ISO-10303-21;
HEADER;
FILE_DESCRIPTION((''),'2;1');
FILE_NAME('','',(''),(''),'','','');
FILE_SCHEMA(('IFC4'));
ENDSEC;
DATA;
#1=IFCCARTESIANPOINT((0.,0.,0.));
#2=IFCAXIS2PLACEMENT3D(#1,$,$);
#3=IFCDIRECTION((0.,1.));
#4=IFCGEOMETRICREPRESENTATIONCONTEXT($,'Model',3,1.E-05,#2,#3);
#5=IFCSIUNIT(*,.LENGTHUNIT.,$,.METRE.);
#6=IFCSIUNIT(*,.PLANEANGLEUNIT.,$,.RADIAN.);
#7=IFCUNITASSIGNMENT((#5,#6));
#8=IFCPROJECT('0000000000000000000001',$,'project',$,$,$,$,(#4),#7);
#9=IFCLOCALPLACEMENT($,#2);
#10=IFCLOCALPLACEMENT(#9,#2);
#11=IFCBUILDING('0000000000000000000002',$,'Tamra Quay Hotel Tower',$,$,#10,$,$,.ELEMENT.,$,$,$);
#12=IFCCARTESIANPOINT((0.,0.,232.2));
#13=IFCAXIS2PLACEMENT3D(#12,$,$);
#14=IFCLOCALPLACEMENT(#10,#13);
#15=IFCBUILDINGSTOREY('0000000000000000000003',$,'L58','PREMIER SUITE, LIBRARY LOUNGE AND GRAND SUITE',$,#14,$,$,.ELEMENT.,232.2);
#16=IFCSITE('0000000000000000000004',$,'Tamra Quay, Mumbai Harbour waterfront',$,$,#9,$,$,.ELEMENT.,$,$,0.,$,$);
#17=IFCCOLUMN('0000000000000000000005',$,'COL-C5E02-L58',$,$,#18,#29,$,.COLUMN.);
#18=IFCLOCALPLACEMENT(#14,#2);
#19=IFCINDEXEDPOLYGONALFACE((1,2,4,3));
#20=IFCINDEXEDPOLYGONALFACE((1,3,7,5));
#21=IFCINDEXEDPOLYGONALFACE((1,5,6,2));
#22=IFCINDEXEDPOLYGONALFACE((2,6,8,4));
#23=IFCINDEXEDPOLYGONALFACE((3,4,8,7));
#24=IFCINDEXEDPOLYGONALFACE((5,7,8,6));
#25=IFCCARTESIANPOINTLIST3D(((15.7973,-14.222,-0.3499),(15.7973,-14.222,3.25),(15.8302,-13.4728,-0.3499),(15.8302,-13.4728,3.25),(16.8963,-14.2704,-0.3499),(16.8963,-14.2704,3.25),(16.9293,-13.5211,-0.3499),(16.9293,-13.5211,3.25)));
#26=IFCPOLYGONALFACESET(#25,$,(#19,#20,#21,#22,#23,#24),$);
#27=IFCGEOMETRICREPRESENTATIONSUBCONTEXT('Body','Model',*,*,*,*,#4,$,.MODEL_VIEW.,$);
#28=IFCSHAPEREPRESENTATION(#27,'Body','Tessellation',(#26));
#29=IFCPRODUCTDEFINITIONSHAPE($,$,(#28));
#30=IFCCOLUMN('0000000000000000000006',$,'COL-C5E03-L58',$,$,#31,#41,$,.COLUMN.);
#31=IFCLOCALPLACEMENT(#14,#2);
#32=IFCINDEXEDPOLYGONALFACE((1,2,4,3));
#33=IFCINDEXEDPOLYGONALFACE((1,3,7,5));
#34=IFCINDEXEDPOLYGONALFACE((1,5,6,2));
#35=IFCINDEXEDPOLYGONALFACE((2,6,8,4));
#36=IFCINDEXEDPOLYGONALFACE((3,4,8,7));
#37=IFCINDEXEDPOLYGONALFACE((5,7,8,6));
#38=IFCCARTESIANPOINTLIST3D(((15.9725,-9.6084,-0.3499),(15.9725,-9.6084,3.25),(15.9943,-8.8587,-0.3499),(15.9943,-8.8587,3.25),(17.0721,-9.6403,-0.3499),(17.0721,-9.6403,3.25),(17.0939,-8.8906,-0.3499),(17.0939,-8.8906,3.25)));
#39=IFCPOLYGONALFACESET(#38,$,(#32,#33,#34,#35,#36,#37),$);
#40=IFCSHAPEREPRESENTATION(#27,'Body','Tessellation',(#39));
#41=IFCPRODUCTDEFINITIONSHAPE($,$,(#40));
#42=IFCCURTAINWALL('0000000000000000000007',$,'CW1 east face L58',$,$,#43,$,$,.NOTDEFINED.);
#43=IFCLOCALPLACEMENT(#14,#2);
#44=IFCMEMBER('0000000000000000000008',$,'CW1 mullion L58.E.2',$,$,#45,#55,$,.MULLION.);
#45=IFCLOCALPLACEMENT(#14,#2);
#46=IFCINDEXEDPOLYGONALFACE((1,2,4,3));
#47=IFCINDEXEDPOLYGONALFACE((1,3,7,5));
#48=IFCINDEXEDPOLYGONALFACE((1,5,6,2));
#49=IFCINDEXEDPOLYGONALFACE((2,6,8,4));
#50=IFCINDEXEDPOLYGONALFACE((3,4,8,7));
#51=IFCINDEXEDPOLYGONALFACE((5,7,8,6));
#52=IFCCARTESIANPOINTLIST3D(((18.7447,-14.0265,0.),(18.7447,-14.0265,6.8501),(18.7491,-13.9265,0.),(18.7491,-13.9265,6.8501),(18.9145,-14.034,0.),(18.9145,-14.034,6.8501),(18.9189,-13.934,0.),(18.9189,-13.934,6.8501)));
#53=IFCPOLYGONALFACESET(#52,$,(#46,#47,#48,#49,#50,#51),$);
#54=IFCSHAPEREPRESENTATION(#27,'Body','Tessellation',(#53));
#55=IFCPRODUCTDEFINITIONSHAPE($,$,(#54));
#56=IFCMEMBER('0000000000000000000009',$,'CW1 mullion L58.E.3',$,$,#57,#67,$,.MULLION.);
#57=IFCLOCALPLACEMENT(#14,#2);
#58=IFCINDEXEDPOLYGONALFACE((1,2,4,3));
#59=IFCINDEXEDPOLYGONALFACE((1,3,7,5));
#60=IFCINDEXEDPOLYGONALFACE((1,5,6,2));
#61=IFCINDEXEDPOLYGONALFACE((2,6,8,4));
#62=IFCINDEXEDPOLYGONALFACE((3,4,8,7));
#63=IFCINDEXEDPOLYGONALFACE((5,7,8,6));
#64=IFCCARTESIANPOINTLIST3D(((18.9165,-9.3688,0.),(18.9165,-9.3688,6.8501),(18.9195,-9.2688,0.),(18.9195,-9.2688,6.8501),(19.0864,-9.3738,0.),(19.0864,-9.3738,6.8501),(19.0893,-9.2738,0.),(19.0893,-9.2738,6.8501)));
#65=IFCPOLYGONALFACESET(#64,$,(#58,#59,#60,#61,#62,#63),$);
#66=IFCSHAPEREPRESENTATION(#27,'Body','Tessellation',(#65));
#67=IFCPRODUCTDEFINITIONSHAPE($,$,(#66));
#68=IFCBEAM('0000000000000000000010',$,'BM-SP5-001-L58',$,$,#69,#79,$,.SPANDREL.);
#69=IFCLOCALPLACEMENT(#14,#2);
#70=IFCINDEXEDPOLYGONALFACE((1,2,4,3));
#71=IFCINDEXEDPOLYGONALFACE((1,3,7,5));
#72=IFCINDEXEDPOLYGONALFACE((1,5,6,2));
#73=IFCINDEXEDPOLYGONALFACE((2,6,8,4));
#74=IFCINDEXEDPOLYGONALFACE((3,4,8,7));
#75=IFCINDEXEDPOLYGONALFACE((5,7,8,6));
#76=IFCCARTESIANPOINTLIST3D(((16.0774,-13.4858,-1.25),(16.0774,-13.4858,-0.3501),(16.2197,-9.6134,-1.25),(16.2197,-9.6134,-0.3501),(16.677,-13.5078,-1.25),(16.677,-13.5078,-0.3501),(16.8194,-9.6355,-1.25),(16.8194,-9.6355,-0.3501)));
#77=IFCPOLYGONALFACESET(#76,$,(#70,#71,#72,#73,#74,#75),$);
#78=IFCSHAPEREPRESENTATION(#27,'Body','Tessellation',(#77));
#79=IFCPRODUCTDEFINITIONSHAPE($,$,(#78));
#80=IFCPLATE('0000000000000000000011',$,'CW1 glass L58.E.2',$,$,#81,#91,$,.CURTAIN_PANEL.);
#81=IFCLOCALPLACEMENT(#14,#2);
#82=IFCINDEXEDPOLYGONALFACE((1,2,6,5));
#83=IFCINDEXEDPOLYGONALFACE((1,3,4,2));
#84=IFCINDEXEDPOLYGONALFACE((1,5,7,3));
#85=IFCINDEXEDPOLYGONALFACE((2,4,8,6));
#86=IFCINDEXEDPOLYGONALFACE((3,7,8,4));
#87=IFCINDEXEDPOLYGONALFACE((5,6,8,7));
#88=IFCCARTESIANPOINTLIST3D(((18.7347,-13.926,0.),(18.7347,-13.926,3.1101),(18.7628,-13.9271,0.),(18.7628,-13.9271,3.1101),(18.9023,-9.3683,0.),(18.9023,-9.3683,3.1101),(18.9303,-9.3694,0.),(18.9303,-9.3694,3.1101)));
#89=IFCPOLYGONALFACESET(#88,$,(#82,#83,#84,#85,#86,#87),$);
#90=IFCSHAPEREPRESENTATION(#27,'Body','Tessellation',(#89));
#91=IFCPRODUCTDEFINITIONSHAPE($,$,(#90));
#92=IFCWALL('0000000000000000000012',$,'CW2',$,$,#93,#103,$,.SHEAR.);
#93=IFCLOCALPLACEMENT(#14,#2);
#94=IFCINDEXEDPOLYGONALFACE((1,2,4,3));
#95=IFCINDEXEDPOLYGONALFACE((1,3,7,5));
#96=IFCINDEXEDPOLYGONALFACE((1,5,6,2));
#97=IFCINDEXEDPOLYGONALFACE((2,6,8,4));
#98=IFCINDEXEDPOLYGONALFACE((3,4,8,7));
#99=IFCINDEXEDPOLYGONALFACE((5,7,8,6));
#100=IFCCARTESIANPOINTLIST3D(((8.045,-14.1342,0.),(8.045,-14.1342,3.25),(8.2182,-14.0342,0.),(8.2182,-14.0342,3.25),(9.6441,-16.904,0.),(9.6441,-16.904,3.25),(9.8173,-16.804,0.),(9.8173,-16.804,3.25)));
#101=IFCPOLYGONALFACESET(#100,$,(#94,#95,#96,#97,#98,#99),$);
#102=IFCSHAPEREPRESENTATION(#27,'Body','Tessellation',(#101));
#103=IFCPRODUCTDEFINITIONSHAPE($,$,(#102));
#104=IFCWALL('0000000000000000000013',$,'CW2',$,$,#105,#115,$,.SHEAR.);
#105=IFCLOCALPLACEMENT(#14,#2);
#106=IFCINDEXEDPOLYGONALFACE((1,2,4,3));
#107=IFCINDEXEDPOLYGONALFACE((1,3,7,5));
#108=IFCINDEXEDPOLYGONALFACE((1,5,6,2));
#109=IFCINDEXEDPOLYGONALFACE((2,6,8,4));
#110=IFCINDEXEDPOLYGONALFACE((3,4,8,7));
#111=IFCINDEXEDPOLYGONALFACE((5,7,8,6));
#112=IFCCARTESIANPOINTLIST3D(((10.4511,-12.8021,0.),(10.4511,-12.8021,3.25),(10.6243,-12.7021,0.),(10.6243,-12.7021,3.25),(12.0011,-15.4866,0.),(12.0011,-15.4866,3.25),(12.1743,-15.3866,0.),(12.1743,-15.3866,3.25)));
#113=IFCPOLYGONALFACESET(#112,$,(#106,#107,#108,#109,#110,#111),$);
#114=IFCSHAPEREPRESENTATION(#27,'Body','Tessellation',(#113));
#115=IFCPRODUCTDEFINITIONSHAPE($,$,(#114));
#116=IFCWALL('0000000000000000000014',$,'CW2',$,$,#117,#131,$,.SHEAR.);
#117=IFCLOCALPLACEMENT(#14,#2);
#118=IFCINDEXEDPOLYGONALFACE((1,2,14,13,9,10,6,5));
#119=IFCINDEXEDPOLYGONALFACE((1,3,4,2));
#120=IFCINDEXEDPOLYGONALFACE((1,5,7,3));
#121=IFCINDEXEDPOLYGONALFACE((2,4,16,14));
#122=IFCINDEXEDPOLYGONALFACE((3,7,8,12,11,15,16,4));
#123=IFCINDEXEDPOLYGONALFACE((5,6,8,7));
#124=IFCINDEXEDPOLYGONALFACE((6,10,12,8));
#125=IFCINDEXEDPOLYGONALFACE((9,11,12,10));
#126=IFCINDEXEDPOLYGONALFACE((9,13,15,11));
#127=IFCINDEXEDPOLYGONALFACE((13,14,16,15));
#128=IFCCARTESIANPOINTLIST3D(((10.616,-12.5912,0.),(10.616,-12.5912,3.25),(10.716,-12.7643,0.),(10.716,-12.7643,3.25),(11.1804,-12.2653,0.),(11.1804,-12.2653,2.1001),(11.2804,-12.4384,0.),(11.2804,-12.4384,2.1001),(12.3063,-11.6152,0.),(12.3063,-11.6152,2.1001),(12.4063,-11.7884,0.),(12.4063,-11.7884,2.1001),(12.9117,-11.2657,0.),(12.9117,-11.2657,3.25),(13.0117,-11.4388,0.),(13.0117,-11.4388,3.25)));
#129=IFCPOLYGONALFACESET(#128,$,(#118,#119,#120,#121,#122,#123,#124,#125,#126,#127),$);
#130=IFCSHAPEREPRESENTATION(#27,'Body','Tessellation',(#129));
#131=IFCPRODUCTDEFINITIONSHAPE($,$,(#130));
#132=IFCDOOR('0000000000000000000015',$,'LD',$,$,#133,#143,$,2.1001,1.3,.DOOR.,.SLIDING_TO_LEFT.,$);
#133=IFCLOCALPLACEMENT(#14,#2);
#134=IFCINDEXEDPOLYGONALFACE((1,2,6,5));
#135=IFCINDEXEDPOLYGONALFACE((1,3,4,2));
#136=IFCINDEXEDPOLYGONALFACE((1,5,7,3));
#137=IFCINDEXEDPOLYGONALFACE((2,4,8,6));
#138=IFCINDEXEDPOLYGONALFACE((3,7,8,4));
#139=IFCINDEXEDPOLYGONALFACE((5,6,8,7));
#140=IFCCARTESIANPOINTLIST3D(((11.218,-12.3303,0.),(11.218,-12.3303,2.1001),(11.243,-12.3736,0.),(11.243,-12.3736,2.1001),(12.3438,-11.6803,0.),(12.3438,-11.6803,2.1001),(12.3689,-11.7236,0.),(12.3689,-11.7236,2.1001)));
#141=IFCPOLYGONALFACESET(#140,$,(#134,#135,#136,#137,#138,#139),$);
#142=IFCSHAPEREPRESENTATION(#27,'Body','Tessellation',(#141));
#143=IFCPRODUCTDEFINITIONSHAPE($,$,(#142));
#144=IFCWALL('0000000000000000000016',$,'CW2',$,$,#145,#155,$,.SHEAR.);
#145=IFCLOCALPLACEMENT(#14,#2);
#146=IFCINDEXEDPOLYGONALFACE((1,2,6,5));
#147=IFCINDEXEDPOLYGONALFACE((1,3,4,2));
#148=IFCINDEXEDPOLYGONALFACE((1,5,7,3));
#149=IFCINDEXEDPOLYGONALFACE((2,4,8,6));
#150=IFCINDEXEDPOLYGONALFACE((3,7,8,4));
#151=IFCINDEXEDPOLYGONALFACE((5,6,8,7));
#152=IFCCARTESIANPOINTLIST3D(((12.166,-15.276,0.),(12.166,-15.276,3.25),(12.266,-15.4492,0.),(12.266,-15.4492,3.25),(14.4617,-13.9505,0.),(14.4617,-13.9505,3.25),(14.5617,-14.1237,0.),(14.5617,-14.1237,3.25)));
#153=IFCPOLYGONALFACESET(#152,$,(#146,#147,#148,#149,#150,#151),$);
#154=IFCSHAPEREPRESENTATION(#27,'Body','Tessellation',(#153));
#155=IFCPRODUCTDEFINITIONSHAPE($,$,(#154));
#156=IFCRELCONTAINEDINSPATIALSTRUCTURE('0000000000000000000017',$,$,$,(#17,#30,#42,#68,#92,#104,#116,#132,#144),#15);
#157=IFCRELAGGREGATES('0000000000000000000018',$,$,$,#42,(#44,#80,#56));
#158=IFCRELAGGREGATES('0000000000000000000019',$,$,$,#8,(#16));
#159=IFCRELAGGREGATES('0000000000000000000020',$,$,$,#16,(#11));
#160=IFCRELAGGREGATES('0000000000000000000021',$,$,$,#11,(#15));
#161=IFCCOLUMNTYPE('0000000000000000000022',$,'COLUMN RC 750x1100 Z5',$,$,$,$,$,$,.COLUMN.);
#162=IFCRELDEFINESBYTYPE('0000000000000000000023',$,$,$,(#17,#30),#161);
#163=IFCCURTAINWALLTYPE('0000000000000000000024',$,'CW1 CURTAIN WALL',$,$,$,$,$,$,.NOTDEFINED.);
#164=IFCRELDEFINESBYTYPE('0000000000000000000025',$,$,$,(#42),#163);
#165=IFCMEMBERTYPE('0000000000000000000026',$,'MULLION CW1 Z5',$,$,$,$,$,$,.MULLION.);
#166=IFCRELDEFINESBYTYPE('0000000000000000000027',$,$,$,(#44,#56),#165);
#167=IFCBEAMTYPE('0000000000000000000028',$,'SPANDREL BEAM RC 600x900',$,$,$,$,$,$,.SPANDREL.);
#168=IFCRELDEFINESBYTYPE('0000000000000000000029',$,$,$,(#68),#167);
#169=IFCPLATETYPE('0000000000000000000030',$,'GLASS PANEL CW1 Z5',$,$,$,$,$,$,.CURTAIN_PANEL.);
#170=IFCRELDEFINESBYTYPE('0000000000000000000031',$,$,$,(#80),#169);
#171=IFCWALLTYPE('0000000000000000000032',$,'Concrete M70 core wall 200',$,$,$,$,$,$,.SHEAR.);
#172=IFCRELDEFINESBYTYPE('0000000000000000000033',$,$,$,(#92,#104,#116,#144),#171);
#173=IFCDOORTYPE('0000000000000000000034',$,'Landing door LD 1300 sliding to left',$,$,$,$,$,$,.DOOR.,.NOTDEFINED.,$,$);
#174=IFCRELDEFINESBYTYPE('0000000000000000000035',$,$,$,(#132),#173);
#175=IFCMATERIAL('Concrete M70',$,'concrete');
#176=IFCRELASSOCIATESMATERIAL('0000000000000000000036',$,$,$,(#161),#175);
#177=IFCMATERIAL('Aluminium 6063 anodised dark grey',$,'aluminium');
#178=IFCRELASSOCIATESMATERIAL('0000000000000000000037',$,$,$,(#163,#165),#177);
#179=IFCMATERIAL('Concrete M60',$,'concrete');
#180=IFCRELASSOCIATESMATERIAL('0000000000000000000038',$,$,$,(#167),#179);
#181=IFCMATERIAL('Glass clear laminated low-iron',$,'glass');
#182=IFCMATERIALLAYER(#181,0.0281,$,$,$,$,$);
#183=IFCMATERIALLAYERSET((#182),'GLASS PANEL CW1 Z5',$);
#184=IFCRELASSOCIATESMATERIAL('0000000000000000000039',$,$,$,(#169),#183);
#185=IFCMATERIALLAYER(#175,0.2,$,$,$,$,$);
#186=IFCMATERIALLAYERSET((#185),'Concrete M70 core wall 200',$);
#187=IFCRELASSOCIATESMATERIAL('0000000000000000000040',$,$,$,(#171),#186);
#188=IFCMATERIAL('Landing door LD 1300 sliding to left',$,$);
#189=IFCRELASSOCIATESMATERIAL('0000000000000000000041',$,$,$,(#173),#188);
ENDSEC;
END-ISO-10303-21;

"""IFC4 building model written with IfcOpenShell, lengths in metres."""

from ifc_helpers import new_model, si_unit, direction, frame, frame_2d, origin, origin_2d, place, context, subcontext, project, spatial, rectangle, extrude, material, layer, layer_set, material_profile, profile_set, type_object, element, fill, aggregate, save


model = new_model("IFC4")

# Units and contexts
model_context = context("Model", 3, precision=1e-05, world=origin(), true_north=direction((0.0, 1.0)))
body_context = subcontext(model_context, "Body", "Model", "MODEL_VIEW")
ifc_project = project(units=[si_unit("LENGTHUNIT", "METRE"), si_unit("PLANEANGLEUNIT", "RADIAN")], contexts=[model_context])

# Site, building, storey
site_placement = place(None, origin())
site = spatial("IfcSite", under=ifc_project, at=site_placement, Name="Tamra Quay, Mumbai Harbour waterfront", CompositionType="ELEMENT", RefElevation=0.0)
building_placement = place(site_placement, origin())
building = spatial("IfcBuilding", under=site, at=building_placement, Name="Tamra Quay Hotel Tower", CompositionType="ELEMENT")
storey_placement = place(building_placement, frame((0.0, 0.0, 232.2)))
storey = spatial("IfcBuildingStorey", under=building, at=storey_placement, Name="L58", Description="PREMIER SUITE, LIBRARY LOUNGE AND GRAND SUITE", CompositionType="ELEMENT", Elevation=232.2)

# Columns
ifc_material_1 = material(Name="Concrete M70", Category="concrete")
ifc_material_profile_1 = material_profile(ifc_material_1, rectangle(XDim=1.1001, YDim=0.75, at=origin_2d()), Name="COLUMN RC 750x1100 Z5")
ifc_profile_set_1 = profile_set([ifc_material_profile_1], Name="Concrete M70")
column_type = type_object("IfcColumnType", Name="COLUMN RC 750x1100 Z5", PredefinedType="COLUMN", material=ifc_profile_set_1)
for number, where, z_axis, x_axis, name in (
    (1, (16.3633, -13.8716, -0.3499), (0.0, 0.0, 1.0), (-0.999033, 0.043958, 0.0), "COL-C5E02-L58"),
    (2, (16.5332, -9.2495, -0.3499), (0.0, 0.0, 1.0), (-0.999579, 0.029028, 0.0), "COL-C5E03-L58"),
):
    element("IfcColumn", number, at=place(storey_placement, frame(where, z_axis=z_axis, x_axis=x_axis)), inside=storey, type_object=column_type, Name=name, PredefinedType="COLUMN", context=body_context, shape_type="SweptSolid", body=[
        extrude(rectangle(XDim=1.1001, YDim=0.75, at=origin_2d()), origin(), (0.0, 0.0, 1.0), 3.5999),
    ])

# Curtain wall, members
ifc_material_2 = material(Name="Aluminium 6063 anodised dark grey", Category="aluminium")
curtain_wall_type = type_object("IfcCurtainWallType", Name="CW1 CURTAIN WALL", PredefinedType="NOTDEFINED", material=ifc_material_2)
curtain_wall_placement = place(storey_placement, origin())
curtain_wall = element("IfcCurtainWall", 3, at=curtain_wall_placement, inside=storey, type_object=curtain_wall_type, Name="CW1 east face L58", PredefinedType="NOTDEFINED")
ifc_material_profile_2 = material_profile(ifc_material_2, rectangle(XDim=0.1699, YDim=0.1001, at=origin_2d()), Name="MULLION 100X170")
ifc_profile_set_2 = profile_set([ifc_material_profile_2], Name="Aluminium 6063 anodised dark grey")
member_type = type_object("IfcMemberType", Name="MULLION CW1 Z5", PredefinedType="MULLION", material=ifc_profile_set_2)
member_1_placement = place(storey_placement, frame((18.8318, -13.9802, 0.0), z_axis=(0.0, 0.0, 1.0), x_axis=(0.999028, -0.044075, 0.0)))
member_1 = element("IfcMember", 4, at=member_1_placement, type_object=member_type, Name="CW1 mullion L58.E.2", PredefinedType="MULLION", context=body_context, shape_type="SweptSolid", body=[
    extrude(rectangle(XDim=0.1699, YDim=0.1001, at=origin_2d()), origin(), (0.0, 0.0, 1.0), 6.8501),
])
member_2_placement = place(storey_placement, frame((19.0029, -9.3213, 0.0), z_axis=(0.0, 0.0, 1.0), x_axis=(0.999568, -0.029404, 0.0)))
member_2 = element("IfcMember", 5, at=member_2_placement, type_object=member_type, Name="CW1 mullion L58.E.3", PredefinedType="MULLION", context=body_context, shape_type="SweptSolid", body=[
    extrude(rectangle(XDim=0.1699, YDim=0.1001, at=origin_2d()), origin(), (0.0, 0.0, 1.0), 6.8501),
])

# Beam
ifc_material_3 = material(Name="Concrete M60", Category="concrete")
ifc_material_profile_3 = material_profile(ifc_material_3, rectangle(XDim=0.6001, YDim=0.8999, at=origin_2d()), Name="SPANDREL BEAM RC 600x900")
ifc_profile_set_3 = profile_set([ifc_material_profile_3], Name="Concrete M60")
beam_type = type_object("IfcBeamType", Name="SPANDREL BEAM RC 600x900", PredefinedType="SPANDREL", material=ifc_profile_set_3)
beam_placement = place(storey_placement, frame((16.3772, -13.4968, -0.8), z_axis=(0.036732, 0.999325, 0.0), x_axis=(-0.999325, 0.036732, 0.0)))
element("IfcBeam", 6, at=beam_placement, inside=storey, type_object=beam_type, Name="BM-SP5-001-L58", PredefinedType="SPANDREL", context=body_context, shape_type="SweptSolid", body=[
    extrude(rectangle(XDim=0.6001, YDim=0.8999, at=origin_2d()), origin(), (0.0, 0.0, 1.0), 3.875),
])

# Plate
ifc_material_4 = material(Name="Glass clear laminated low-iron", Category="glass")
ifc_layer_1 = layer(ifc_material_4, 0.0281)
ifc_layer_set_1 = layer_set([ifc_layer_1], Name="GLASS PANEL CW1 Z5")
plate_type = type_object("IfcPlateType", Name="GLASS PANEL CW1 Z5", PredefinedType="CURTAIN_PANEL", material=ifc_layer_set_1)
plate_placement = place(storey_placement, frame((18.8325, -11.6477, 0.0), z_axis=(0.0, 0.0, 1.0), x_axis=(0.036744, 0.999325, 0.0)))
plate = element("IfcPlate", 7, at=plate_placement, type_object=plate_type, Name="CW1 glass L58.E.2", PredefinedType="CURTAIN_PANEL", context=body_context, shape_type="SweptSolid", body=[
    extrude(rectangle(XDim=4.5608, YDim=0.0281, at=origin_2d()), origin(), (0.0, 0.0, 1.0), 3.1101),
])
aggregate(curtain_wall, [member_1, plate, member_2])

# Walls
ifc_layer_2 = layer(ifc_material_1, 0.2)
ifc_layer_set_2 = layer_set([ifc_layer_2], Name="Concrete M70 core wall 200")
wall_type_1 = type_object("IfcWallType", Name="Concrete M70 core wall 200", PredefinedType="SHEAR", material=ifc_layer_set_2)
wall_1_placement = place(storey_placement, frame((8.1316, -14.0842, 0.0), z_axis=(0.0, 0.0, 1.0), x_axis=(0.499998, -0.866027, 0.0)))
element("IfcWall", 8, at=wall_1_placement, inside=storey, type_object=wall_type_1, Name="CW2", PredefinedType="SHEAR", context=body_context, shape_type="SweptSolid", body=[
    extrude(rectangle(XDim=3.1982, YDim=0.2, at=frame_2d((1.5991, 0.0))), origin(), (0.0, 0.0, 1.0), 3.25),
])
wall_2_placement = place(storey_placement, frame((12.0876, -15.4365, 0.0), z_axis=(0.0, 0.0, 1.0), x_axis=(-0.500027, 0.86601, 0.0)))
element("IfcWall", 9, at=wall_2_placement, inside=storey, type_object=wall_type_1, Name="CW2", PredefinedType="SHEAR", context=body_context, shape_type="SweptSolid", body=[
    extrude(rectangle(XDim=3.0999, YDim=0.2, at=frame_2d((1.5498, 0.0))), origin(), (0.0, 0.0, 1.0), 3.25),
])

# Wall, opening, door
wall_3_placement = place(storey_placement, frame((10.666, -12.6777, 0.0), z_axis=(0.0, 0.0, 1.0), x_axis=(0.866018, 0.500012, 0.0)))
wall_3 = element("IfcWall", 10, at=wall_3_placement, inside=storey, type_object=wall_type_1, Name="CW2", PredefinedType="SHEAR", context=body_context, shape_type="SweptSolid", body=[
    extrude(rectangle(XDim=2.6509, YDim=0.2, at=frame_2d((1.3254, 0.0))), origin(), (0.0, 0.0, 1.0), 3.25),
])
opening_1_placement = place(wall_3_placement, frame((0.6519, 0.0, 0.0)))
opening_1 = element("IfcOpeningElement", 11, at=opening_1_placement, cuts=wall_3, PredefinedType="OPENING", context=body_context, shape_type="SweptSolid", body=[
    extrude(rectangle(XDim=1.3, YDim=2.1001, at=frame_2d((0.6499, 1.05))), frame((0.0, 0.1099, 0.0), z_axis=(0.0, -1.0, 0.0), x_axis=(1.0, 0.0, 0.0)), (0.0, 0.0, 1.0), 0.22),
])
ifc_material_5 = material(Name="Landing door LD 1300 sliding to left")
door_type_1 = type_object("IfcDoorType", Name="Landing door LD 1300 sliding to left", OperationType="NOTDEFINED", PredefinedType="DOOR", material=ifc_material_5)
door_1_placement = place(opening_1_placement, origin())
door_1 = element("IfcDoor", 12, at=door_1_placement, inside=storey, type_object=door_type_1, Name="LD", OperationType="SLIDING_TO_LEFT", OverallHeight=2.1001, OverallWidth=1.3, PredefinedType="DOOR", context=body_context, shape_type="SweptSolid", body=[
    extrude(rectangle(XDim=1.3, YDim=2.1001, at=frame_2d((0.6499, 1.05))), frame((0.0, 0.0249, 0.0), z_axis=(0.0, -1.0, 0.0), x_axis=(1.0, 0.0, 0.0)), (0.0, 0.0, 1.0), 0.05),
])
fill(opening_1, door_1)

# Wall
wall_4_placement = place(storey_placement, frame((14.5117, -14.0371, 0.0), z_axis=(0.0, 0.0, 1.0), x_axis=(-0.866018, -0.500012, 0.0)))
element("IfcWall", 13, at=wall_4_placement, inside=storey, type_object=wall_type_1, Name="CW2", PredefinedType="SHEAR", context=body_context, shape_type="SweptSolid", body=[
    extrude(rectangle(XDim=2.6509, YDim=0.2, at=frame_2d((1.3254, 0.0))), origin(), (0.0, 0.0, 1.0), 3.25),
])

save(model, "model.ifc")
